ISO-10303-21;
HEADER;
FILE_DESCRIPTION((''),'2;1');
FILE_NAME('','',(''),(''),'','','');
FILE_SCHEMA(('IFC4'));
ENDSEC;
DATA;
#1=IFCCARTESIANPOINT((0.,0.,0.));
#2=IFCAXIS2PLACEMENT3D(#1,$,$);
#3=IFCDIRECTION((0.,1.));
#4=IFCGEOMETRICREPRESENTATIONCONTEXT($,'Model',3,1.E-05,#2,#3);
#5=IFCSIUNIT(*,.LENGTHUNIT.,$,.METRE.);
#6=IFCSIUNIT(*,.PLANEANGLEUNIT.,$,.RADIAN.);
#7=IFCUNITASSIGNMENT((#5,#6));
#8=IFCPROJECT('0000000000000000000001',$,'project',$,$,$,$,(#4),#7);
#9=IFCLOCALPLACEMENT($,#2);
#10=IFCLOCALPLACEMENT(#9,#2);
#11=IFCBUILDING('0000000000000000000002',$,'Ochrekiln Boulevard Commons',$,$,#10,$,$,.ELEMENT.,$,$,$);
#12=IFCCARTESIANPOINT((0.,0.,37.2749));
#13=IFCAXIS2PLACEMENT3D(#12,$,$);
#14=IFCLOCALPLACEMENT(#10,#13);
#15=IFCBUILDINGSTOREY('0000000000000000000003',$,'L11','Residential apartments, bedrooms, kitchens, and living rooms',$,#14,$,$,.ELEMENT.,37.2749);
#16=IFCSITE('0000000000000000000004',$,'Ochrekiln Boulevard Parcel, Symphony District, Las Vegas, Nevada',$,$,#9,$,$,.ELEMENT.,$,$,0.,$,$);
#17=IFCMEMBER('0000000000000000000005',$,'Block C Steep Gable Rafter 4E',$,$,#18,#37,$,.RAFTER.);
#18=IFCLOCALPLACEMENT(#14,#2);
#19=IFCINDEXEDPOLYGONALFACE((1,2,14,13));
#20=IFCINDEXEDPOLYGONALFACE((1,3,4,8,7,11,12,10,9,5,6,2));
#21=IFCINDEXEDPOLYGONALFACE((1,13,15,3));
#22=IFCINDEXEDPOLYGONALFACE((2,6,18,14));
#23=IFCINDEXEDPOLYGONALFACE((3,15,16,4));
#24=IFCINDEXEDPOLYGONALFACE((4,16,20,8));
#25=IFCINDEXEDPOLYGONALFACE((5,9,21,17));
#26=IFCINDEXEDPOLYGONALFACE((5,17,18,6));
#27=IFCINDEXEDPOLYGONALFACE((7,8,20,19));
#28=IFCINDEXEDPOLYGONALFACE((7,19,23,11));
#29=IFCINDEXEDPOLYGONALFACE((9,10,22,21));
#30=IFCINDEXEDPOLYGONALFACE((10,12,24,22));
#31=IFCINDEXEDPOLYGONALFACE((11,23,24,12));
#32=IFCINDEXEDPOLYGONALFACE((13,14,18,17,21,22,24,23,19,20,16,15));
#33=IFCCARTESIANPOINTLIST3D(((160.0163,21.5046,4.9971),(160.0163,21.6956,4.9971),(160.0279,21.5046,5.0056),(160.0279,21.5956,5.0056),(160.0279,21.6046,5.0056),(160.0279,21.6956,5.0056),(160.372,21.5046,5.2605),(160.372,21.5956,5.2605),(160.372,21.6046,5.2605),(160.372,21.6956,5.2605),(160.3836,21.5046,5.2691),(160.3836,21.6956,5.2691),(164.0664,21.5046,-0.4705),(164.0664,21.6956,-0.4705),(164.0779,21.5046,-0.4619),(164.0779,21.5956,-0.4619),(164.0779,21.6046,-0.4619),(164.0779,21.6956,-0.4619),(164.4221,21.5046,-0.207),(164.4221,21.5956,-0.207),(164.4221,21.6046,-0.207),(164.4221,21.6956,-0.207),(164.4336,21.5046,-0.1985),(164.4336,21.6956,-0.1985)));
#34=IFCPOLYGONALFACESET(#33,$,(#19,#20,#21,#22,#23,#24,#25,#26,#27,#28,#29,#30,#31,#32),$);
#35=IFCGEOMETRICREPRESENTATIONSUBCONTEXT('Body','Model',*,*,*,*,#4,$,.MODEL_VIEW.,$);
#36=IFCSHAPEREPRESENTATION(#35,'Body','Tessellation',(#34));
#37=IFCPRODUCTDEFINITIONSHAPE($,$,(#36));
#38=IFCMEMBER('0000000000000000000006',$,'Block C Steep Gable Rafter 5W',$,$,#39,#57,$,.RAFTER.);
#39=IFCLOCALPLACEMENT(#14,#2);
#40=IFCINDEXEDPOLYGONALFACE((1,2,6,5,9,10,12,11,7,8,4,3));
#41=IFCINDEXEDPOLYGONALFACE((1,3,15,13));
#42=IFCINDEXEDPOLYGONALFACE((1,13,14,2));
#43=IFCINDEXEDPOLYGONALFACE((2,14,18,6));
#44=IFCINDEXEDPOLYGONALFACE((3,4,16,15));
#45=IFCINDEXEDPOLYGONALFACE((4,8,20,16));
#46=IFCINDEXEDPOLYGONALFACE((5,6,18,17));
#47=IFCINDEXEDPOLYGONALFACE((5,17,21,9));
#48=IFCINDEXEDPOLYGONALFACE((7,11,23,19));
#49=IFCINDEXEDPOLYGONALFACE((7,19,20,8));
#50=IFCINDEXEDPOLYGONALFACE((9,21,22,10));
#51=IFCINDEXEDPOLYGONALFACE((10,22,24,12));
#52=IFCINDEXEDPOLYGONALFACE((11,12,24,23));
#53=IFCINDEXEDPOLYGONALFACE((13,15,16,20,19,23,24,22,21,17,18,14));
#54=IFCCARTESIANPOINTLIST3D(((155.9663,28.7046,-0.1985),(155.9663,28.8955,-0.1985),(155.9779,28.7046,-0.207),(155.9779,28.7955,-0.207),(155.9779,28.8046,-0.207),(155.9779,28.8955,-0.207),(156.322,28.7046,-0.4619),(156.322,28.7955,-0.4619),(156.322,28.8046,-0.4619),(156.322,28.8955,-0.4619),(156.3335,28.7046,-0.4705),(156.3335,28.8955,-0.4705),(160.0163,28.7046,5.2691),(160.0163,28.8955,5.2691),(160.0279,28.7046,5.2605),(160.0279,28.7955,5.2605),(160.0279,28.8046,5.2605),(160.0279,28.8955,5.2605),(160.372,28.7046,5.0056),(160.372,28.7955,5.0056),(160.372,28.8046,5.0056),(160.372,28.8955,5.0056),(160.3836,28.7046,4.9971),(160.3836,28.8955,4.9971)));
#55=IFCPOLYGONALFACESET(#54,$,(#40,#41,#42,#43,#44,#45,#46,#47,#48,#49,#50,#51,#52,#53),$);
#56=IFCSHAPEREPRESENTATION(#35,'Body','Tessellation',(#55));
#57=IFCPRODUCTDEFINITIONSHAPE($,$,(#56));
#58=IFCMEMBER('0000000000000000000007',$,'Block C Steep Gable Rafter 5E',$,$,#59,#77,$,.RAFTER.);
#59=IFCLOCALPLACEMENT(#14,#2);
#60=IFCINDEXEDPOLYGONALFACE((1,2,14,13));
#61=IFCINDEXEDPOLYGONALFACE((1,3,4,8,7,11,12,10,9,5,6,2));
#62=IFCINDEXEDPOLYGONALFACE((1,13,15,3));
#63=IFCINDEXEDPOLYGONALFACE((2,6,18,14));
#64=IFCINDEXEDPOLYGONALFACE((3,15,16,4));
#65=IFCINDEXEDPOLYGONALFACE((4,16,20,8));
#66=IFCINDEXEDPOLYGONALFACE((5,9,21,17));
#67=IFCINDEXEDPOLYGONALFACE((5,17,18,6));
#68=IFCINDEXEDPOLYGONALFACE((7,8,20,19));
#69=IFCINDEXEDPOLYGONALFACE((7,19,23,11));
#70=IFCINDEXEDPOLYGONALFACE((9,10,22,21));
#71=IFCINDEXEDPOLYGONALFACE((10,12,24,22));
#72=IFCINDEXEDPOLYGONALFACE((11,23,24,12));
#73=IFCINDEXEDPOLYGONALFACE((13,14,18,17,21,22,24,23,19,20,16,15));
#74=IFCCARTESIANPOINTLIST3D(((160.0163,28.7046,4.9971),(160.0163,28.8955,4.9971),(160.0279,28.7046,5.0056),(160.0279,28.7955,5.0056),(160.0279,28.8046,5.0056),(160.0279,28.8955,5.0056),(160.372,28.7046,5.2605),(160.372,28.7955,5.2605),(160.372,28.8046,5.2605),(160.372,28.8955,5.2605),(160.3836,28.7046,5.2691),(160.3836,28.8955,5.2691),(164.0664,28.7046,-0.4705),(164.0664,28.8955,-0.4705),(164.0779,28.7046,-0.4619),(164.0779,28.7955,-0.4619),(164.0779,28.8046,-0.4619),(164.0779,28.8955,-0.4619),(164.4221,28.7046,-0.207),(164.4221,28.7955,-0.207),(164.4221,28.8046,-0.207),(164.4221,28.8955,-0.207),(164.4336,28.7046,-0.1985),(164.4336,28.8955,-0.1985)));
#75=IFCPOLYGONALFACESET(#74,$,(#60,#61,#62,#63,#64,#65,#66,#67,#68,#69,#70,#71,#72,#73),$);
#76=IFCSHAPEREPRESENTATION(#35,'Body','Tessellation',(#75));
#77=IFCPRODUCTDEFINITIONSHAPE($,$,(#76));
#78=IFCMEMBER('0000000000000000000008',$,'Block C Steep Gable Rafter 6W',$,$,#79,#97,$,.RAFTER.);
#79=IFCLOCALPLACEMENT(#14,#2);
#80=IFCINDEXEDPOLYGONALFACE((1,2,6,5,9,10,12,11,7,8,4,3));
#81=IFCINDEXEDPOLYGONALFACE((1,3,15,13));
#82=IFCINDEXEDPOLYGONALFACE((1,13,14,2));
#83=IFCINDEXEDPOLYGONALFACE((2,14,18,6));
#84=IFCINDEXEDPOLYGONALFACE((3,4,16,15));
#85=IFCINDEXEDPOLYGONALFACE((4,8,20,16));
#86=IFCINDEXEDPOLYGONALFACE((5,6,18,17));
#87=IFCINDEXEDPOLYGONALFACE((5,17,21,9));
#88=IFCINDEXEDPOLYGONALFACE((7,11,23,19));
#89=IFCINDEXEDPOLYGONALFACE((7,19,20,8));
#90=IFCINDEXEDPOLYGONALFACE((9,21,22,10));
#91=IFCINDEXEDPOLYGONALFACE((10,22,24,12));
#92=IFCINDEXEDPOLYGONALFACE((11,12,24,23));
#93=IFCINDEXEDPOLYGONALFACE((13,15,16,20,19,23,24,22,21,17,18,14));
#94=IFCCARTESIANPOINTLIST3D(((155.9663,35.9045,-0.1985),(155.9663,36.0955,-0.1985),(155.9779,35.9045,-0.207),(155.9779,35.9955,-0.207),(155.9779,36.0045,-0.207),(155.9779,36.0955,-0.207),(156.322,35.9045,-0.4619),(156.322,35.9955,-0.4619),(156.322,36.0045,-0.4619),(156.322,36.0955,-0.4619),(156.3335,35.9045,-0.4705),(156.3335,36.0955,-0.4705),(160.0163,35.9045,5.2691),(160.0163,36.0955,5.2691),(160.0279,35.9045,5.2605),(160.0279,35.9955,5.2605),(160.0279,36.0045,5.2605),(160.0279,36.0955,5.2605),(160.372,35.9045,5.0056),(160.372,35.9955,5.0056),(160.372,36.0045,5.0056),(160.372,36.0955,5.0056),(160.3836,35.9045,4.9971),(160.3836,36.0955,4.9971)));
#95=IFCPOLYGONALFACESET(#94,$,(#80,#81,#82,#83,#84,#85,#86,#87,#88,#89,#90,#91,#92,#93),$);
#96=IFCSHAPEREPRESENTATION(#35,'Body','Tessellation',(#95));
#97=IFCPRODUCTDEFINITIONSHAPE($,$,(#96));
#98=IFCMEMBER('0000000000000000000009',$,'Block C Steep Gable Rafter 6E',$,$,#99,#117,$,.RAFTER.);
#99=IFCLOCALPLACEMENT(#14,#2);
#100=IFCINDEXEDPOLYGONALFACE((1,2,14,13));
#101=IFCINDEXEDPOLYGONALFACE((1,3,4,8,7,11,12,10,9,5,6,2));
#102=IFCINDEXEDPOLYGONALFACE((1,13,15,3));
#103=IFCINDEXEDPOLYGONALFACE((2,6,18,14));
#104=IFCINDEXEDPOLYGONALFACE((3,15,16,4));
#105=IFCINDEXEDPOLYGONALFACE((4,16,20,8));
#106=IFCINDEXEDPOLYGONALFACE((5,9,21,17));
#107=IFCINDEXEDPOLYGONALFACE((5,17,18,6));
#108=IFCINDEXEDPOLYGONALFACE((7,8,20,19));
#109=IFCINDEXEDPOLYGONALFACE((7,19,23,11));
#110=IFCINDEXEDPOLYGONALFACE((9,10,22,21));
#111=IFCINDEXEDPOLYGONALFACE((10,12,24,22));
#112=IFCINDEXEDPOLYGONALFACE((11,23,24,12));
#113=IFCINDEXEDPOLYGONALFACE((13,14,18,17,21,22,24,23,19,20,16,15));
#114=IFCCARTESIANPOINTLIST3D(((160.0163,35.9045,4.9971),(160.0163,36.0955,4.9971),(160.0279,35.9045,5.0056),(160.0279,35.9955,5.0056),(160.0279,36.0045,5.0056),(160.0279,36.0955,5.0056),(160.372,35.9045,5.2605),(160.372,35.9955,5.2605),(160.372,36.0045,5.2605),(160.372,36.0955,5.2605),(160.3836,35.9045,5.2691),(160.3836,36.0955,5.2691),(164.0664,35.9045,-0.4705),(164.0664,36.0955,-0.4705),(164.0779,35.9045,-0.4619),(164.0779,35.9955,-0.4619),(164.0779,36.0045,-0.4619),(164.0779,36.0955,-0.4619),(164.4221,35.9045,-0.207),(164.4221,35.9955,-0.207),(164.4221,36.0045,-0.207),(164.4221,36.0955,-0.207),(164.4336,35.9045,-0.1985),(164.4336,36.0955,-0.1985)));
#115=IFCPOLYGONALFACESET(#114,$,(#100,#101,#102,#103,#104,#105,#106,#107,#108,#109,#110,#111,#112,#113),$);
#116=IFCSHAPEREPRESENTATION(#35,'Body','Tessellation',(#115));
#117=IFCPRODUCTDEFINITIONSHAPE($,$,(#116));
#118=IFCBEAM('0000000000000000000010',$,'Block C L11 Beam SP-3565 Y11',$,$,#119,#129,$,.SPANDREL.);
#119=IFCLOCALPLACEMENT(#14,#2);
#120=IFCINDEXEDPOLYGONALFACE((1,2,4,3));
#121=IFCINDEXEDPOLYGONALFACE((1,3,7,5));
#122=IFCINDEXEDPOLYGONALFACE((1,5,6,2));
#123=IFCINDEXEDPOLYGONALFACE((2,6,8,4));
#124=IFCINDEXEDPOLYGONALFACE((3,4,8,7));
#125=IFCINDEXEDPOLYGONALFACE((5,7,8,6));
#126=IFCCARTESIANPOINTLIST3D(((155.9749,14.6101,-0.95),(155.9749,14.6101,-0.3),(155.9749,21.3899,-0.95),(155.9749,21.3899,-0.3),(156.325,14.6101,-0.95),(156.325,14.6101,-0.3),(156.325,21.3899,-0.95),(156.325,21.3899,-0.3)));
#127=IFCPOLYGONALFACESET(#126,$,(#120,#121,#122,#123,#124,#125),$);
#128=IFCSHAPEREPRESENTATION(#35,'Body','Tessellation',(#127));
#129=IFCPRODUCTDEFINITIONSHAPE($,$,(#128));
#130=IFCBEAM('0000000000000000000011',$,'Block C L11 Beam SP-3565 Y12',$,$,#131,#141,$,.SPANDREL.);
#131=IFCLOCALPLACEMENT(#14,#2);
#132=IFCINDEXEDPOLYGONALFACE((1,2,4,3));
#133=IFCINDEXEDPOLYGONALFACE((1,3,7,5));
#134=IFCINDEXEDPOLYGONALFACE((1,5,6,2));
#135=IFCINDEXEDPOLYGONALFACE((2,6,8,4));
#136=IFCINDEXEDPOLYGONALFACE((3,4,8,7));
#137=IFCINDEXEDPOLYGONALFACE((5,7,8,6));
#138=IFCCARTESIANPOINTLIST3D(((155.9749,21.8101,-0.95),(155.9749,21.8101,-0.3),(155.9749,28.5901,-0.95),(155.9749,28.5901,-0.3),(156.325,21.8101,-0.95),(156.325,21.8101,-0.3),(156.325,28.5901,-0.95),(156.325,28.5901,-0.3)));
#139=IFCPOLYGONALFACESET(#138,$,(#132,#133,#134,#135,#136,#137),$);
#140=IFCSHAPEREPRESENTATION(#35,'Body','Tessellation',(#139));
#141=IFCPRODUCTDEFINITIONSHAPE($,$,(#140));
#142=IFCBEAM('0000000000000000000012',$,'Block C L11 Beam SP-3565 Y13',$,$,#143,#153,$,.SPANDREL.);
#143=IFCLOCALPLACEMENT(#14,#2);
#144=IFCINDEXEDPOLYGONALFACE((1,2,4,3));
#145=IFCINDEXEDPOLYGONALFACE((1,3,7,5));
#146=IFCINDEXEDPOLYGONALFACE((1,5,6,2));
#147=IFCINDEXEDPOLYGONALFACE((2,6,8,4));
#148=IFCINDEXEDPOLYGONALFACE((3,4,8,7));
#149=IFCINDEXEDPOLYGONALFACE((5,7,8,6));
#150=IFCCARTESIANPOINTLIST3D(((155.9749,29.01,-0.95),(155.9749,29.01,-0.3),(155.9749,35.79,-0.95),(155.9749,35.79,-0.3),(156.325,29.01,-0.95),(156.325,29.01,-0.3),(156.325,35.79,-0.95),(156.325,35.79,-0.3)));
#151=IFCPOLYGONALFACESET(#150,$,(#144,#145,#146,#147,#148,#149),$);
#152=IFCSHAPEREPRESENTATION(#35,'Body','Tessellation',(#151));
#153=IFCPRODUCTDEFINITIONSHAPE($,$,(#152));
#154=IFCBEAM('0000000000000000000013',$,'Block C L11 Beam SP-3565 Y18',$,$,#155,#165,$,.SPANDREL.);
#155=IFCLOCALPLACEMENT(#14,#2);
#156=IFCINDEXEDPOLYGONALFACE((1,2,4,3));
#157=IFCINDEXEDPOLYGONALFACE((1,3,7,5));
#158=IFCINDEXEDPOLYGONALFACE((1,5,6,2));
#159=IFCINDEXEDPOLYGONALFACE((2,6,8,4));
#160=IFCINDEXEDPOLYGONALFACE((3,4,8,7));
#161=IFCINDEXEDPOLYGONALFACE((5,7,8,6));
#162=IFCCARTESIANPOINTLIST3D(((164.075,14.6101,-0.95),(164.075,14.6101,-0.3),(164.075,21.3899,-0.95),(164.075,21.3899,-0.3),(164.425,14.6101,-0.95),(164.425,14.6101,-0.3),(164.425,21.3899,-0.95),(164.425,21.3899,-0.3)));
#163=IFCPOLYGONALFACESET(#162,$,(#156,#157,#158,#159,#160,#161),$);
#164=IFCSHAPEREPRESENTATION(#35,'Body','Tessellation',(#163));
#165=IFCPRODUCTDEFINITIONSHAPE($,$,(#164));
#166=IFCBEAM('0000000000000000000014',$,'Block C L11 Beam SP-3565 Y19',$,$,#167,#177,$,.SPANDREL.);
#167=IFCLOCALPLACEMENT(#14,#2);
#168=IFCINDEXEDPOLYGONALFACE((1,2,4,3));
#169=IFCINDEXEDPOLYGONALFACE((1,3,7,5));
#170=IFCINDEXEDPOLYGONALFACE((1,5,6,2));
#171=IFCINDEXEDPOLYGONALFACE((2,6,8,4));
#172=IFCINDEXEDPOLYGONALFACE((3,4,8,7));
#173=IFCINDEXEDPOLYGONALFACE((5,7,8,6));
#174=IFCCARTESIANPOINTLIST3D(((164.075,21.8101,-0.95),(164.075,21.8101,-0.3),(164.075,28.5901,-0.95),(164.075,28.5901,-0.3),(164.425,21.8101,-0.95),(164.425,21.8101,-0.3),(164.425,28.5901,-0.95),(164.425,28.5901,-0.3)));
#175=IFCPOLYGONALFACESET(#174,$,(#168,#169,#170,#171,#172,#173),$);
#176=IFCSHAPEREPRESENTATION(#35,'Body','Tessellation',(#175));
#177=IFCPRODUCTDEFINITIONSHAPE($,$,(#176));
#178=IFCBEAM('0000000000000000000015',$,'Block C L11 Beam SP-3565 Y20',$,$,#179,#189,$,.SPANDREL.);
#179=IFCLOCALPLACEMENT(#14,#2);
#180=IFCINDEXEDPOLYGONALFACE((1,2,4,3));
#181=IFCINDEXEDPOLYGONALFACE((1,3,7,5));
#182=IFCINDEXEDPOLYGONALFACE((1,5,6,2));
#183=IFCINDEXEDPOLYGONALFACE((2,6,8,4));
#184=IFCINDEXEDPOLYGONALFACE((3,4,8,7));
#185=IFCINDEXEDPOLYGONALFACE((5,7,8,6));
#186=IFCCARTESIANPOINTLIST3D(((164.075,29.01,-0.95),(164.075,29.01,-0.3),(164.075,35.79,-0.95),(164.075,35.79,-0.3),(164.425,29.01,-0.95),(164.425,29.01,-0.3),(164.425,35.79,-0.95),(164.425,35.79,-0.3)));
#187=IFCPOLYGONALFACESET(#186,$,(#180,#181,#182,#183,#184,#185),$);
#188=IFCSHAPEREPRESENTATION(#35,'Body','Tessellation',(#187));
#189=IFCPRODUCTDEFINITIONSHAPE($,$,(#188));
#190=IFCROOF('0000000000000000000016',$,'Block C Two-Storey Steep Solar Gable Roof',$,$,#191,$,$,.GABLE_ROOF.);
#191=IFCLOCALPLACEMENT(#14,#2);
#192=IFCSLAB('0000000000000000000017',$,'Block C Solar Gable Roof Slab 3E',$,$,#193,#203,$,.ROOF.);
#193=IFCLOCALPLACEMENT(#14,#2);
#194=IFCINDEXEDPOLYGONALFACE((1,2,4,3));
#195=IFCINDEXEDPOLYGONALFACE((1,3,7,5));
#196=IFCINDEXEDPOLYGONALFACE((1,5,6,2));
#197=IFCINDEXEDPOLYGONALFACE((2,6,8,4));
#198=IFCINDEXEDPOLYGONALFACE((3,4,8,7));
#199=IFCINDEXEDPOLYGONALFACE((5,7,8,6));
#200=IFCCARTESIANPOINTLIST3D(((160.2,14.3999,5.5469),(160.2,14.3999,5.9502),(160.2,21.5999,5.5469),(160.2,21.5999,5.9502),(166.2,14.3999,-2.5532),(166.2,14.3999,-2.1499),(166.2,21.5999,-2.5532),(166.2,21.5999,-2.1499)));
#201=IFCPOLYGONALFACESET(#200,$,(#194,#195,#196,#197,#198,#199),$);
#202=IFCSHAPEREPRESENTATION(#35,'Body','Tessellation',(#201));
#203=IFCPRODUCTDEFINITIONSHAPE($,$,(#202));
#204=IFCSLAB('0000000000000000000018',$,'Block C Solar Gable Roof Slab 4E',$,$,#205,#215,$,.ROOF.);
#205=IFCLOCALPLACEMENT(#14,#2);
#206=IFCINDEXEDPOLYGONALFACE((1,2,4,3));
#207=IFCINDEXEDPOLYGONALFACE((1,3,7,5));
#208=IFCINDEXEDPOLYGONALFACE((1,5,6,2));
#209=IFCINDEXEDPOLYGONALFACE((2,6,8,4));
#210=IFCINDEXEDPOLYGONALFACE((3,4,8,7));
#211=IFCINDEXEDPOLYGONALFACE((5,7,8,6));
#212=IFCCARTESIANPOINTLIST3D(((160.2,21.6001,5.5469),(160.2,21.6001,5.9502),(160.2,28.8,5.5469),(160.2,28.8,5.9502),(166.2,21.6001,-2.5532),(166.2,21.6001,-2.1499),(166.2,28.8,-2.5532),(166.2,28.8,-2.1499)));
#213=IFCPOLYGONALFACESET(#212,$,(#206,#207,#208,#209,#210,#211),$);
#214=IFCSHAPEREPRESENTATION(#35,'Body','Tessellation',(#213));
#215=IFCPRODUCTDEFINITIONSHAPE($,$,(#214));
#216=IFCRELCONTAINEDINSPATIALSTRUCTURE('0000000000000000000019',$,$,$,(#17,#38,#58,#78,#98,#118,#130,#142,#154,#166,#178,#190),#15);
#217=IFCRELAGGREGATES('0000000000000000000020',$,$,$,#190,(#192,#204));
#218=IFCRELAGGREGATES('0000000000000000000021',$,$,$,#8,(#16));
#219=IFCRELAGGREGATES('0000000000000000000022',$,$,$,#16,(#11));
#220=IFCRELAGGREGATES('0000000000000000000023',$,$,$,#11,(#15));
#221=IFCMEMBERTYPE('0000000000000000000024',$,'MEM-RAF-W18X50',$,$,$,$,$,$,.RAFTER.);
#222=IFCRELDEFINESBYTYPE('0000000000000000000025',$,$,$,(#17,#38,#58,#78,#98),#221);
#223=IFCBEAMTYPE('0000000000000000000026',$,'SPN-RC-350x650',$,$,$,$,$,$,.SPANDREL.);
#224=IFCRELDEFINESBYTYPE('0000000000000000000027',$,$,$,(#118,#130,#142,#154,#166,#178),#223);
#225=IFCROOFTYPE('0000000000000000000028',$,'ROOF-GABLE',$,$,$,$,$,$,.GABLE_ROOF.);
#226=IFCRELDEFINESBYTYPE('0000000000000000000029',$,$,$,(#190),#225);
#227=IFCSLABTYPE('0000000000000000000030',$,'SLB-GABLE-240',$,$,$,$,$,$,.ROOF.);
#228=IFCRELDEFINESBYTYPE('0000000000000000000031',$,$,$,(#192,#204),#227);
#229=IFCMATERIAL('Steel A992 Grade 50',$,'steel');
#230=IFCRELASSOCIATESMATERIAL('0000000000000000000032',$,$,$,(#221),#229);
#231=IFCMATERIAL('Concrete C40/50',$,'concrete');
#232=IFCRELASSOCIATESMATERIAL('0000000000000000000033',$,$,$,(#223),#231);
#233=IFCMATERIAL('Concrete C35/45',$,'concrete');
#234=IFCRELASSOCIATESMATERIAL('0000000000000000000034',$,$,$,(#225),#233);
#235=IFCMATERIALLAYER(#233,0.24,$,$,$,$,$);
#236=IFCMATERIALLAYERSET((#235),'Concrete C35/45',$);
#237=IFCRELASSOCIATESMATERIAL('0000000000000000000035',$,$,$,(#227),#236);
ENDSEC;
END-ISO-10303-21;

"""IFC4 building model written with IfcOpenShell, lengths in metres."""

from ifc_helpers import new_model, si_unit, direction, frame, origin, origin_2d, place, context, subcontext, project, spatial, polyline, rectangle, i_section, outline, extrude, material, layer, layer_set, material_profile, profile_set, type_object, element, aggregate, save


model = new_model("IFC4")

# Units and contexts
model_context = context("Model", 3, precision=1e-05, world=origin(), true_north=direction((0.0, 1.0)))
body_context = subcontext(model_context, "Body", "Model", "MODEL_VIEW")
ifc_project = project(units=[si_unit("LENGTHUNIT", "METRE"), si_unit("PLANEANGLEUNIT", "RADIAN")], contexts=[model_context])

# Site, building, storey
site_placement = place(None, origin())
site = spatial("IfcSite", under=ifc_project, at=site_placement, Name="Ochrekiln Boulevard Parcel, Symphony District, Las Vegas, Nevada", CompositionType="ELEMENT", RefElevation=0.0)
building_placement = place(site_placement, origin())
building = spatial("IfcBuilding", under=site, at=building_placement, Name="Ochrekiln Boulevard Commons", CompositionType="ELEMENT")
storey_placement = place(building_placement, frame((0.0, 0.0, 37.2749)))
storey = spatial("IfcBuildingStorey", under=building, at=storey_placement, Name="L11", Description="Residential apartments, bedrooms, kitchens, and living rooms", CompositionType="ELEMENT", Elevation=37.2749)

# Shared definitions
ifc_material_1 = material(Name="Concrete C40/50", Category="concrete")

# Members
ifc_material_2 = material(Name="Steel A992 Grade 50", Category="steel")
ifc_material_profile_1 = material_profile(ifc_material_2, i_section(OverallWidth=0.1909, OverallDepth=0.457, WebThickness=0.009, FlangeThickness=0.0144, at=origin_2d()), Name="W18X50")
ifc_profile_set_1 = profile_set([ifc_material_profile_1], Name="Steel A992 Grade 50")
member_type_1 = type_object("IfcMemberType", Name="MEM-RAF-W18X50", PredefinedType="RAFTER", material=ifc_profile_set_1)
for number, where, z_axis, x_axis, name in (
    (1, (164.25, 21.6001, -0.3345), (-0.59523, 0.0, 0.803555), (0.0, -1.0, 0.0), "Block C Steep Gable Rafter 4E"),
    (2, (156.1499, 28.8, -0.3345), (0.59523, 0.0, 0.803555), (0.0, 1.0, 0.0), "Block C Steep Gable Rafter 5W"),
    (3, (164.25, 28.8, -0.3345), (-0.59523, 0.0, 0.803555), (0.0, -1.0, 0.0), "Block C Steep Gable Rafter 5E"),
    (4, (156.1499, 36.0, -0.3345), (0.59523, 0.0, 0.803555), (0.0, 1.0, 0.0), "Block C Steep Gable Rafter 6W"),
    (5, (164.25, 36.0, -0.3345), (-0.59523, 0.0, 0.803555), (0.0, -1.0, 0.0), "Block C Steep Gable Rafter 6E"),
):
    element("IfcMember", number, at=place(storey_placement, frame(where, z_axis=z_axis, x_axis=x_axis)), inside=storey, type_object=member_type_1, Name=name, PredefinedType="RAFTER", context=body_context, shape_type="SweptSolid", body=[
        extrude(i_section(OverallWidth=0.1909, OverallDepth=0.457, WebThickness=0.009, FlangeThickness=0.0144, at=origin_2d()), origin(), (0.0, 0.0, 1.0), 6.8042),
    ])

# Beams
ifc_material_profile_2 = material_profile(ifc_material_1, rectangle(XDim=0.3501, YDim=0.6499, at=origin_2d()), Name="RC-SPN-350x650")
ifc_profile_set_2 = profile_set([ifc_material_profile_2], Name="Concrete C40/50")
beam_type_1 = type_object("IfcBeamType", Name="SPN-RC-350x650", PredefinedType="SPANDREL", material=ifc_profile_set_2)
beam_1_placement = place(storey_placement, frame((156.1499, 14.6101, -0.625), z_axis=(0.0, 1.0, 0.0), x_axis=(-1.0, 0.0, 0.0)))
element("IfcBeam", 6, at=beam_1_placement, inside=storey, type_object=beam_type_1, Name="Block C L11 Beam SP-3565 Y11", PredefinedType="SPANDREL", context=body_context, shape_type="SweptSolid", body=[
    extrude(rectangle(XDim=0.3501, YDim=0.6499, at=origin_2d()), origin(), (0.0, 0.0, 1.0), 6.7798),
])
for number, where, z_axis, x_axis, name in (
    (7, (156.1499, 21.8101, -0.625), (0.0, 1.0, 0.0), (-1.0, 0.0, 0.0), "Block C L11 Beam SP-3565 Y12"),
    (8, (156.1499, 29.01, -0.625), (0.0, 1.0, 0.0), (-1.0, 0.0, 0.0), "Block C L11 Beam SP-3565 Y13"),
):
    element("IfcBeam", number, at=place(storey_placement, frame(where, z_axis=z_axis, x_axis=x_axis)), inside=storey, type_object=beam_type_1, Name=name, PredefinedType="SPANDREL", context=body_context, shape_type="SweptSolid", body=[
        extrude(rectangle(XDim=0.3501, YDim=0.6499, at=origin_2d()), origin(), (0.0, 0.0, 1.0), 6.78),
    ])
beam_2_placement = place(storey_placement, frame((164.25, 14.6101, -0.625), z_axis=(0.0, 1.0, 0.0), x_axis=(-1.0, 0.0, 0.0)))
element("IfcBeam", 9, at=beam_2_placement, inside=storey, type_object=beam_type_1, Name="Block C L11 Beam SP-3565 Y18", PredefinedType="SPANDREL", context=body_context, shape_type="SweptSolid", body=[
    extrude(rectangle(XDim=0.3501, YDim=0.6499, at=origin_2d()), origin(), (0.0, 0.0, 1.0), 6.7798),
])
for number, where, z_axis, x_axis, name in (
    (10, (164.25, 21.8101, -0.625), (0.0, 1.0, 0.0), (-1.0, 0.0, 0.0), "Block C L11 Beam SP-3565 Y19"),
    (11, (164.25, 29.01, -0.625), (0.0, 1.0, 0.0), (-1.0, 0.0, 0.0), "Block C L11 Beam SP-3565 Y20"),
):
    element("IfcBeam", number, at=place(storey_placement, frame(where, z_axis=z_axis, x_axis=x_axis)), inside=storey, type_object=beam_type_1, Name=name, PredefinedType="SPANDREL", context=body_context, shape_type="SweptSolid", body=[
        extrude(rectangle(XDim=0.3501, YDim=0.6499, at=origin_2d()), origin(), (0.0, 0.0, 1.0), 6.78),
    ])

# Roof, slabs
ifc_material_3 = material(Name="Concrete C35/45", Category="concrete")
roof_type = type_object("IfcRoofType", Name="ROOF-GABLE", PredefinedType="GABLE_ROOF", material=ifc_material_3)
roof_placement = place(storey_placement, origin())
roof = element("IfcRoof", 12, at=roof_placement, inside=storey, type_object=roof_type, Name="Block C Two-Storey Steep Solar Gable Roof", PredefinedType="GABLE_ROOF")
ifc_layer_1 = layer(ifc_material_3, 0.24)
ifc_layer_set_1 = layer_set([ifc_layer_1], Name="Concrete C35/45")
slab_type = type_object("IfcSlabType", Name="SLB-GABLE-240", PredefinedType="ROOF", material=ifc_layer_set_1)
slab_1_placement = place(storey_placement, frame((166.2, 14.3999, -2.1499), z_axis=(0.0, 1.0, 0.0), x_axis=(-1.0, 0.0, 0.0)))
slab_1 = element("IfcSlab", 13, at=slab_1_placement, type_object=slab_type, Name="Block C Solar Gable Roof Slab 3E", PredefinedType="ROOF", context=body_context, shape_type="SweptSolid", body=[
    extrude(outline(polyline([(0.0, 0.0), (6.0, 8.1001), (6.0, 7.6968), (0.0, -0.4033), (0.0, 0.0)])), origin(), (0.0, 0.0, 1.0), 7.2),
])
slab_2_placement = place(storey_placement, frame((166.2, 21.6001, -2.1499), z_axis=(0.0, 1.0, 0.0), x_axis=(-1.0, 0.0, 0.0)))
slab_2 = element("IfcSlab", 14, at=slab_2_placement, type_object=slab_type, Name="Block C Solar Gable Roof Slab 4E", PredefinedType="ROOF", context=body_context, shape_type="SweptSolid", body=[
    extrude(outline(polyline([(0.0, 0.0), (6.0, 8.1001), (6.0, 7.6968), (0.0, -0.4033), (0.0, 0.0)])), origin(), (0.0, 0.0, 1.0), 7.2),
])
aggregate(roof, [slab_1, slab_2])

save(model, "model.ifc")
